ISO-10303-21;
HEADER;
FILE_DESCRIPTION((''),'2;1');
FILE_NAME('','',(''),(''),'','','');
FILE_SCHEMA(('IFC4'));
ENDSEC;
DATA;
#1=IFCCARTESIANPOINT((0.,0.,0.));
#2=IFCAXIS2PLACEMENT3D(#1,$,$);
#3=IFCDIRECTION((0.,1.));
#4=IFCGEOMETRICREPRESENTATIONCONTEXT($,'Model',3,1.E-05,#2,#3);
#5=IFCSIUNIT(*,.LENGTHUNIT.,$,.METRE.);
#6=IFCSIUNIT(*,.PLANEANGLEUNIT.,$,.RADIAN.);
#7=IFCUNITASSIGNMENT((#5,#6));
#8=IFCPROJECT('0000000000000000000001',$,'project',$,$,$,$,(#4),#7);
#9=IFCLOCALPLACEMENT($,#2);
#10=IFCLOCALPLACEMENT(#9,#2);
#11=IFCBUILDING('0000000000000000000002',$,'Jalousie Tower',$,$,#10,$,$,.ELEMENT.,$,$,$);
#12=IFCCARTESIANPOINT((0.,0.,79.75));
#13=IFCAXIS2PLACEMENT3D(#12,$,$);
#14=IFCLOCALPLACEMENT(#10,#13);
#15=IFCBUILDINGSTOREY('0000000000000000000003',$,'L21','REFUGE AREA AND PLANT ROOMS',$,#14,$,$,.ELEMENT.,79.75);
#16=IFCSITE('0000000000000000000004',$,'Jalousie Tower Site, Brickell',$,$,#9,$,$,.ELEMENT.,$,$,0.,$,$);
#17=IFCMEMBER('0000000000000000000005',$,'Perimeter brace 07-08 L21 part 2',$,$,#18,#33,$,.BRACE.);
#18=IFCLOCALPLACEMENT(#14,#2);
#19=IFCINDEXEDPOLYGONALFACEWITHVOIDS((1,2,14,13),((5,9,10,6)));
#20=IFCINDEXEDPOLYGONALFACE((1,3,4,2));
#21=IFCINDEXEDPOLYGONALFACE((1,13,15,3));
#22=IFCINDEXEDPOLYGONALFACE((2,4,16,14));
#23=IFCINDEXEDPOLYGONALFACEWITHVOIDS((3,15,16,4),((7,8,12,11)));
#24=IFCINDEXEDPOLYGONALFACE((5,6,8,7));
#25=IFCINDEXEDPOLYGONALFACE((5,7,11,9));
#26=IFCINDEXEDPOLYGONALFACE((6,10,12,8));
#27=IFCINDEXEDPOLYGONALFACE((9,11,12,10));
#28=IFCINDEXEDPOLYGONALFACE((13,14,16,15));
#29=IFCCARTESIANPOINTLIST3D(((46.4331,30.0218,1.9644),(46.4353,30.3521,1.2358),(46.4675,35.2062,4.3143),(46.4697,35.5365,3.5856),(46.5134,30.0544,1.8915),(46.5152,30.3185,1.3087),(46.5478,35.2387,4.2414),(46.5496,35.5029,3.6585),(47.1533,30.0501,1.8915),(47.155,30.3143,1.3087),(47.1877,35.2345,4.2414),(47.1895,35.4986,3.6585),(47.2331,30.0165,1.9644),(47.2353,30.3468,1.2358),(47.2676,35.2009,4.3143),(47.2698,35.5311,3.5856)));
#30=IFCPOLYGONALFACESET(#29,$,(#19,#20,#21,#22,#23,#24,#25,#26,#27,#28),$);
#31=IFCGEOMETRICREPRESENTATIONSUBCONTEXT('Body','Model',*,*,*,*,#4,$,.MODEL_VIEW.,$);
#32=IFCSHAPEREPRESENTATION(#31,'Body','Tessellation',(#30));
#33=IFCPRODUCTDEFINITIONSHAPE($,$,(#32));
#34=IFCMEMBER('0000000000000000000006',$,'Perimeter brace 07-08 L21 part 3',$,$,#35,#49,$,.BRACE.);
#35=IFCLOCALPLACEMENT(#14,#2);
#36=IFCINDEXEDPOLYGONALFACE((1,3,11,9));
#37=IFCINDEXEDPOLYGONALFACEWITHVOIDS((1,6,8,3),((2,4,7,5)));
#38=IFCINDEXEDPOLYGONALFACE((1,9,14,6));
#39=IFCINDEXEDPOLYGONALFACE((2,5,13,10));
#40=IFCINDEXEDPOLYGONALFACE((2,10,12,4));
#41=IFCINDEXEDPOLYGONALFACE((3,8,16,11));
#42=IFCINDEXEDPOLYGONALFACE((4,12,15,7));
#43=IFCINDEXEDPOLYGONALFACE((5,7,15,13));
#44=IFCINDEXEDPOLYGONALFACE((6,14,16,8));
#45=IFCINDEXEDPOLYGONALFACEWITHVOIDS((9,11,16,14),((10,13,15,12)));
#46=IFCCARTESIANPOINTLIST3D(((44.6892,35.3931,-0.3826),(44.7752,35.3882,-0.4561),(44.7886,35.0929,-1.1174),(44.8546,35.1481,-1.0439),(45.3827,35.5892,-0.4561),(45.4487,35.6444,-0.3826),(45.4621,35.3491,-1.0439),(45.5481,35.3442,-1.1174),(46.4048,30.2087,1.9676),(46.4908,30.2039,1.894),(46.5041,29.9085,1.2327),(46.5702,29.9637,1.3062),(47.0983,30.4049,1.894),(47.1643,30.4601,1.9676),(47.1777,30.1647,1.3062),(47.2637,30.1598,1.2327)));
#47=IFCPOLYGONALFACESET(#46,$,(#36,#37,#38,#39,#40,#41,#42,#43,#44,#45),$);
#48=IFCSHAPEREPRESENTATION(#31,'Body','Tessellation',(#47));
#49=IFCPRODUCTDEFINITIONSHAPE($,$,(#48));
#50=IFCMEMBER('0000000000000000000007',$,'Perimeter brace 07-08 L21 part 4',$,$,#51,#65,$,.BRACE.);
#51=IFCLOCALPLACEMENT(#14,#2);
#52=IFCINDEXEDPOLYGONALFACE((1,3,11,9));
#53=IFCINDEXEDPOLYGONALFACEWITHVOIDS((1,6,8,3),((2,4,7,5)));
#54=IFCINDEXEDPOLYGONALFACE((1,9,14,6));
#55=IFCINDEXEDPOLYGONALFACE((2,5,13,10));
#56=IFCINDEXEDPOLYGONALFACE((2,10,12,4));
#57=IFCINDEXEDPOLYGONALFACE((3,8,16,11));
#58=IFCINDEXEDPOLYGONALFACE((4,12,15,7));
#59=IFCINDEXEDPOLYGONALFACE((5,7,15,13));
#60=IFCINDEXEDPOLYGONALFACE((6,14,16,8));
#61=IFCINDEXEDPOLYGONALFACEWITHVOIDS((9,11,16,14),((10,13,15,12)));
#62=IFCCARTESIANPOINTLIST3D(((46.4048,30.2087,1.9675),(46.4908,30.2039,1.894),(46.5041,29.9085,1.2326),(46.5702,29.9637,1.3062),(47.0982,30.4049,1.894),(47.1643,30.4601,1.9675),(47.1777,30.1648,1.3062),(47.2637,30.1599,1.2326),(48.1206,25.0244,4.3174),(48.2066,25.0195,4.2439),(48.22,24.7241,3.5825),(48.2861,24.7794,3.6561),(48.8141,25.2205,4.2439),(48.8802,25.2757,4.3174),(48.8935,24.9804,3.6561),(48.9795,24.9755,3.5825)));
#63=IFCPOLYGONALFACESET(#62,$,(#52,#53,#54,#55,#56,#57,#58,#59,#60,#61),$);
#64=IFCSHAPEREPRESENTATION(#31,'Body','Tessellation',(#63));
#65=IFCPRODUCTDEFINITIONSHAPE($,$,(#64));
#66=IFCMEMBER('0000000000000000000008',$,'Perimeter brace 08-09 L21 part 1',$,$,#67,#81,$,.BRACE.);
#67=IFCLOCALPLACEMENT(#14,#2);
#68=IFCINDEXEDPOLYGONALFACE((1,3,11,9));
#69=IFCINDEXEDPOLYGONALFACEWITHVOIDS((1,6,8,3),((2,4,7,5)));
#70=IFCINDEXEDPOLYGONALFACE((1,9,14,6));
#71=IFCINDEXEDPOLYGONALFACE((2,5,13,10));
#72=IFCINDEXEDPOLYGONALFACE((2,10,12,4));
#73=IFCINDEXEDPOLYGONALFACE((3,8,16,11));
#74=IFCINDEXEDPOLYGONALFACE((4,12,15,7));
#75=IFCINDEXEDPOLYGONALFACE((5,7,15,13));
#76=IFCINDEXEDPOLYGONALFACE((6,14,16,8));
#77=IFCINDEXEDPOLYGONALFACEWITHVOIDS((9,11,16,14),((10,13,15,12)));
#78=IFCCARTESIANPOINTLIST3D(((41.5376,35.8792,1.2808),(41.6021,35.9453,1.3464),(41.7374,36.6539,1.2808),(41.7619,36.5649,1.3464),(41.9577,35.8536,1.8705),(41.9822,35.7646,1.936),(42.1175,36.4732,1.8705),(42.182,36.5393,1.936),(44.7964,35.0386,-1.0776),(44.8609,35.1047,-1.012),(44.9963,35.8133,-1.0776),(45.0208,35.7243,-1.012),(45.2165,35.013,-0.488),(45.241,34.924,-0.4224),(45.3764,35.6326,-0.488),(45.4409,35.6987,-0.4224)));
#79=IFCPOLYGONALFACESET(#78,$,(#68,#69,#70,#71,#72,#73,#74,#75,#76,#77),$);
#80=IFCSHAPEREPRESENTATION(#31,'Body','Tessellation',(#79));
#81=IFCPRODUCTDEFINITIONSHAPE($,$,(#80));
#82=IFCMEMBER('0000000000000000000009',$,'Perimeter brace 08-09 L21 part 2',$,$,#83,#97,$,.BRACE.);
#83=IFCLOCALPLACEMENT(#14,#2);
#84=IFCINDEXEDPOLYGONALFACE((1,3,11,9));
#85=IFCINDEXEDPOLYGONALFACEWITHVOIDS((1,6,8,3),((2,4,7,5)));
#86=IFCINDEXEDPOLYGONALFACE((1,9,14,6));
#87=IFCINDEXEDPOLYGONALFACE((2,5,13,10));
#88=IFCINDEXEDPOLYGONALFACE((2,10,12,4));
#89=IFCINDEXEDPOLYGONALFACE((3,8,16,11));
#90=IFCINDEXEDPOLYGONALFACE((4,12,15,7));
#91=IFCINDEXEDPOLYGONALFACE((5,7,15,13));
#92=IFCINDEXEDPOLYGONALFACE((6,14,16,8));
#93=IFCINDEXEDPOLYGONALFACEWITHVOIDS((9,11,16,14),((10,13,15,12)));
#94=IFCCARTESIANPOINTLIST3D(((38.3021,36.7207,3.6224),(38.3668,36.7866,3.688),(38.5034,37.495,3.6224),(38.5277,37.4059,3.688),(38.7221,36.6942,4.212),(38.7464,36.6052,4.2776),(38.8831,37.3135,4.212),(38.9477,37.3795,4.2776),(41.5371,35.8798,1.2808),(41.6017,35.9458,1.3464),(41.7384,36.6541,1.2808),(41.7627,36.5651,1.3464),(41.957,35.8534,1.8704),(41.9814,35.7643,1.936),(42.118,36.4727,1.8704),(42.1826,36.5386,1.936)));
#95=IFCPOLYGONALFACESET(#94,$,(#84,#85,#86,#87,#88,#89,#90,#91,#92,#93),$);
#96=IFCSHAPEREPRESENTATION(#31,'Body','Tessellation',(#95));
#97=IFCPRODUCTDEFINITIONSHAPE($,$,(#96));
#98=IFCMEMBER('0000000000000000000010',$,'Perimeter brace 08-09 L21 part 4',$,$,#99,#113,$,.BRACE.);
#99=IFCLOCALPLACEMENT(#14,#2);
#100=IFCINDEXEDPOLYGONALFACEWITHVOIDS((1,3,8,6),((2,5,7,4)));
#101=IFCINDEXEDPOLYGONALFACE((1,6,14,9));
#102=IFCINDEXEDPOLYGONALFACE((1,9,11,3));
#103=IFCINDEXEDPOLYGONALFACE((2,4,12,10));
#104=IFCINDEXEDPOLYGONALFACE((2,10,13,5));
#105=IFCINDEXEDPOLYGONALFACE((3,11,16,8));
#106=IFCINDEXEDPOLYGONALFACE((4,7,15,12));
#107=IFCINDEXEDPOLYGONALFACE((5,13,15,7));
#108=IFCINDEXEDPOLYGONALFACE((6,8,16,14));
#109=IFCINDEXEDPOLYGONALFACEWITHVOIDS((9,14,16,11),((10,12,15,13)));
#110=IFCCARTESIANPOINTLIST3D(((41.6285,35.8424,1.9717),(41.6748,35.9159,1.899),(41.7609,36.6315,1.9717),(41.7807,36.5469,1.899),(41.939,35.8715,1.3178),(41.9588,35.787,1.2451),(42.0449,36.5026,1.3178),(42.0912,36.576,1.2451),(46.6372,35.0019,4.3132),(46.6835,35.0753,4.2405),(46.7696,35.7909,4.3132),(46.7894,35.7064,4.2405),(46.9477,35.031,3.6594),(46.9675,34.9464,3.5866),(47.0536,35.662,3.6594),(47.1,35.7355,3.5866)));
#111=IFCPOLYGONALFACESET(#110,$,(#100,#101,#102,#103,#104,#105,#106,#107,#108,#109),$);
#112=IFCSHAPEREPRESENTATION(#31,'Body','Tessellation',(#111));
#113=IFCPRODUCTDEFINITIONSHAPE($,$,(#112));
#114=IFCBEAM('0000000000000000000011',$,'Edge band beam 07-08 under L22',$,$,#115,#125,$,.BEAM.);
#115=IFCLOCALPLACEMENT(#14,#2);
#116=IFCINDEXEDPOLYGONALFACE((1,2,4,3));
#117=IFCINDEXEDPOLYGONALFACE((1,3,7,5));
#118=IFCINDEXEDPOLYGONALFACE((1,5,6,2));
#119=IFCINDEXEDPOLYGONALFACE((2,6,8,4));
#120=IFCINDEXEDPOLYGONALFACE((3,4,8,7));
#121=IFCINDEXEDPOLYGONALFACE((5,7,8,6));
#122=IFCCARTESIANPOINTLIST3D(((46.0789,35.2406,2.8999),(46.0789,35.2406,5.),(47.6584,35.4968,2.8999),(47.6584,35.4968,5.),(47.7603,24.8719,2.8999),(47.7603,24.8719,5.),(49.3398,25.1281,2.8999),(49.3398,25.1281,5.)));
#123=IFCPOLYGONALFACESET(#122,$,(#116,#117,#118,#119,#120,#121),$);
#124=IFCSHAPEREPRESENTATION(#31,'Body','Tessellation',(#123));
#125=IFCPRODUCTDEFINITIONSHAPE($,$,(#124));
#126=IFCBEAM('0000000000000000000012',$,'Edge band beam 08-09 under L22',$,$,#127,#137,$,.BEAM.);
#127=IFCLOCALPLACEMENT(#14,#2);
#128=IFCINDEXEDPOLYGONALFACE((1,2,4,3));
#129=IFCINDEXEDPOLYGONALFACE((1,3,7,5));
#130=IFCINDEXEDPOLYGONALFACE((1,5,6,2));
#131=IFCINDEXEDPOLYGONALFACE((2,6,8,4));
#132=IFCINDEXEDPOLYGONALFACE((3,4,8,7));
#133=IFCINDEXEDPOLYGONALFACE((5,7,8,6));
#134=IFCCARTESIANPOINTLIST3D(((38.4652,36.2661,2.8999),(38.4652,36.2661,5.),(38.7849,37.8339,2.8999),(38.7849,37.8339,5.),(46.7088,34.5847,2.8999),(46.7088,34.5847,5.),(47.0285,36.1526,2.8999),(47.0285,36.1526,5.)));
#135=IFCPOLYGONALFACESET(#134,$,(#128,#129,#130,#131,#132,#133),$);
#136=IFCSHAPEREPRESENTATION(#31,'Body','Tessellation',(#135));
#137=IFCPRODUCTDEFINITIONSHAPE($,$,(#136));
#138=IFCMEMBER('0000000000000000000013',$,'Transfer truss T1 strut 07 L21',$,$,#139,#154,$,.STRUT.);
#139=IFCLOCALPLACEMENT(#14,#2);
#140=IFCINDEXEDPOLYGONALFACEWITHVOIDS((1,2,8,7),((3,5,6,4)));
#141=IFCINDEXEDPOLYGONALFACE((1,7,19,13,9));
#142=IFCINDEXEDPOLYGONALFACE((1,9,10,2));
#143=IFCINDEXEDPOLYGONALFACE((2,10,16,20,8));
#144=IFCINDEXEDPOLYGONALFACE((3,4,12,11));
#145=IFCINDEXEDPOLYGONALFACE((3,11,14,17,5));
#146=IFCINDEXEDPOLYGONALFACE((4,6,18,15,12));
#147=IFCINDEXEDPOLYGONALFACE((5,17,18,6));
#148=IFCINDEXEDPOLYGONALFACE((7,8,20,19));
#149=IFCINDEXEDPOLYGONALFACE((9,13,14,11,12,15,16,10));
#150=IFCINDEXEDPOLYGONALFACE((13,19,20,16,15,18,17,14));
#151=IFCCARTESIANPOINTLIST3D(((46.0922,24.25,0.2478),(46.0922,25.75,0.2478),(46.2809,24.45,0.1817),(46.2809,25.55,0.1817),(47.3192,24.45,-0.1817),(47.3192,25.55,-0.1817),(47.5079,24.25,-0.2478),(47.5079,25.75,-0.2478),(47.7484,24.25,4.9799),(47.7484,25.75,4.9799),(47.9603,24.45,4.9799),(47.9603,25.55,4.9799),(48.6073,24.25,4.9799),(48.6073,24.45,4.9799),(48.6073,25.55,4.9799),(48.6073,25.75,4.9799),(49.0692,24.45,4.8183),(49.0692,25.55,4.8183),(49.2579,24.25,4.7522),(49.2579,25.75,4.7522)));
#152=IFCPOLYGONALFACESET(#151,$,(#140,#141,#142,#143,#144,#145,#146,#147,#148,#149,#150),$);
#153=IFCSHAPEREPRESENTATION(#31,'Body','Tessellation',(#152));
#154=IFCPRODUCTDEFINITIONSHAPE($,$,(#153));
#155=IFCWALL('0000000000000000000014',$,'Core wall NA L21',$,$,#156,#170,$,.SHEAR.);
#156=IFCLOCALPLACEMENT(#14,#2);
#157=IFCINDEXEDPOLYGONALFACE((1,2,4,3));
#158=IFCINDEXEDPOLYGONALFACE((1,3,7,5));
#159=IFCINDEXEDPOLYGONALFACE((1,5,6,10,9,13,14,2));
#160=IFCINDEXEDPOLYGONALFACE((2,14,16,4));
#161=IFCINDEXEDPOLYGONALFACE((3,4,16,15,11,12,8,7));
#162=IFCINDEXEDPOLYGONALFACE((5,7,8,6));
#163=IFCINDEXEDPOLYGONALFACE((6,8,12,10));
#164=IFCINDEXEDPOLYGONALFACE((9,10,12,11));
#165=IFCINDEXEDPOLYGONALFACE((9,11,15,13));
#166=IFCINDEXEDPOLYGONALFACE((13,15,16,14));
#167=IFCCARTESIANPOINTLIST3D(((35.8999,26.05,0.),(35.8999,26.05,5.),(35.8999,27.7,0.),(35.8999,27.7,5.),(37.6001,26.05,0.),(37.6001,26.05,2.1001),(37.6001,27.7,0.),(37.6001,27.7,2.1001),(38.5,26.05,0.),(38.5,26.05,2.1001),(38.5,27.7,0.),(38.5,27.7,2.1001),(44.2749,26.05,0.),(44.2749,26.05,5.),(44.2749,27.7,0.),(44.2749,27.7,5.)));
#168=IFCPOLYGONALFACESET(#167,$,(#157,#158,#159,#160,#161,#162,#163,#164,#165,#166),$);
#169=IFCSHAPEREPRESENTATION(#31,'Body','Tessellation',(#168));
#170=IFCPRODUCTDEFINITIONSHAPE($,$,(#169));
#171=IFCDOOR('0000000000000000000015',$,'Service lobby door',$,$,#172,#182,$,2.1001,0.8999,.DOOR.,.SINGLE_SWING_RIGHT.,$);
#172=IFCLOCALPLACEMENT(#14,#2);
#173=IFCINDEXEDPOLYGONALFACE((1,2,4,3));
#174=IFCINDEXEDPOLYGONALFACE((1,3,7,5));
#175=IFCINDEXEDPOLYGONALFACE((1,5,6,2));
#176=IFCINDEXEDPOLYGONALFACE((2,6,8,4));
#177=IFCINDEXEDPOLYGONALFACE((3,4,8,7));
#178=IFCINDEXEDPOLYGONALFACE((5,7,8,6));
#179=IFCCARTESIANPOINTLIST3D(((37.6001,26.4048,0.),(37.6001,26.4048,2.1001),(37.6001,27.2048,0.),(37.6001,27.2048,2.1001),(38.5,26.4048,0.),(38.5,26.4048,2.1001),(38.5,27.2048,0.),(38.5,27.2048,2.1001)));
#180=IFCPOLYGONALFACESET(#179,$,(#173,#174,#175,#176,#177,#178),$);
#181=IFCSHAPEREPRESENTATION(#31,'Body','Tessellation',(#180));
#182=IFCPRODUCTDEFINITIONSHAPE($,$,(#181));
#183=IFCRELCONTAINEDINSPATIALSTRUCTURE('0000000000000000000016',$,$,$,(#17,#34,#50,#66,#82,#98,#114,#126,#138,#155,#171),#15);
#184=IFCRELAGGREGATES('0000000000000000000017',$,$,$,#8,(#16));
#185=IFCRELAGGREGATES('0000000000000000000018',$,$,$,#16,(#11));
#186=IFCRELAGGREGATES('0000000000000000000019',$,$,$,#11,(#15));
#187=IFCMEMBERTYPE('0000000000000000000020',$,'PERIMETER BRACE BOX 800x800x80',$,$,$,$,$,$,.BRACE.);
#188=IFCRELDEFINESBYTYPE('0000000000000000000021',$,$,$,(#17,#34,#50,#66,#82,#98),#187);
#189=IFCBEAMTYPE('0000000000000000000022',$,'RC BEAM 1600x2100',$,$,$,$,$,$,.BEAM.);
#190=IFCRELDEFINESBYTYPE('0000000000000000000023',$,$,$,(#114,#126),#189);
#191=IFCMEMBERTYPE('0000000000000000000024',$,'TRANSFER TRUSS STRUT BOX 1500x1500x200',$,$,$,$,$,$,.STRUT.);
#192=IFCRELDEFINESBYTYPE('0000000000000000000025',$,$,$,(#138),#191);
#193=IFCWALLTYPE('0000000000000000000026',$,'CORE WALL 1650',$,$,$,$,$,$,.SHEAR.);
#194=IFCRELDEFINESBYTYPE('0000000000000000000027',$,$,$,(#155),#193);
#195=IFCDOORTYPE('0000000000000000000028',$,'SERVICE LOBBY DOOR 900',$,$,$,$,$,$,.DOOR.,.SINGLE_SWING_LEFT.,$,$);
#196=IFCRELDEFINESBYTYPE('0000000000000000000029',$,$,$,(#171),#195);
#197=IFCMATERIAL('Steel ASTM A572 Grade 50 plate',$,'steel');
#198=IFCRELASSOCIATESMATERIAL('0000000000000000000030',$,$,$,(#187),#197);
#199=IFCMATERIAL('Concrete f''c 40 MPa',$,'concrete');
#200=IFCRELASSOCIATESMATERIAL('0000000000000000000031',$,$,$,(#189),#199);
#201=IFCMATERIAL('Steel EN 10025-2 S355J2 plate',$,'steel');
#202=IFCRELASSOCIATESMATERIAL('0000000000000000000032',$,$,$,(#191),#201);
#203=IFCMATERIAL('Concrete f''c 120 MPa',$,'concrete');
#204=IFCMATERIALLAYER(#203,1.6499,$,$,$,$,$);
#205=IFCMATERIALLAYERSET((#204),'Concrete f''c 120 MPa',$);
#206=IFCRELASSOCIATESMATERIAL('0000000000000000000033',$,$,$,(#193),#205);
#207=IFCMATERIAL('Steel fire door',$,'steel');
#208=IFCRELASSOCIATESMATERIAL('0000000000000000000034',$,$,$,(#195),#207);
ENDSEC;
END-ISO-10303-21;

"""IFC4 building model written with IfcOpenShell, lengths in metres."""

from ifc_helpers import new_model, si_unit, direction, frame, frame_2d, origin, origin_2d, place, context, subcontext, project, spatial, rectangle, hollow_rectangle, extrude, clip, halfspace, material, layer, layer_set, material_profile, profile_set, type_object, element, fill, save


model = new_model("IFC4")

# Units and contexts
model_context = context("Model", 3, precision=1e-05, world=origin(), true_north=direction((0.0, 1.0)))
body_context = subcontext(model_context, "Body", "Model", "MODEL_VIEW")
ifc_project = project(units=[si_unit("LENGTHUNIT", "METRE"), si_unit("PLANEANGLEUNIT", "RADIAN")], contexts=[model_context])

# Site, building, storey
site_placement = place(None, origin())
site = spatial("IfcSite", under=ifc_project, at=site_placement, Name="Jalousie Tower Site, Brickell", CompositionType="ELEMENT", RefElevation=0.0)
building_placement = place(site_placement, origin())
building = spatial("IfcBuilding", under=site, at=building_placement, Name="Jalousie Tower", CompositionType="ELEMENT")
storey_placement = place(building_placement, frame((0.0, 0.0, 79.75)))
storey = spatial("IfcBuildingStorey", under=building, at=storey_placement, Name="L21", Description="REFUGE AREA AND PLANT ROOMS", CompositionType="ELEMENT", Elevation=79.75)

# Members
ifc_material_1 = material(Name="Steel ASTM A572 Grade 50 plate", Category="steel")
ifc_material_profile_1 = material_profile(ifc_material_1, hollow_rectangle(XDim=0.8, YDim=0.8, WallThickness=0.0801, at=origin_2d()), Name="BOX 800x800x80")
ifc_profile_set_1 = profile_set([ifc_material_profile_1], Name="Steel ASTM A572 Grade 50 plate")
member_type_1 = type_object("IfcMemberType", Name="PERIMETER BRACE BOX 800x800x80", PredefinedType="BRACE", material=ifc_profile_set_1)
for number, where, z_axis, x_axis, name in (
    (1, (46.8342, 30.1843, 1.6001), (0.006048, 0.91079, 0.412826), (-0.999978, 0.00664, 0.0), "Perimeter brace 07-08 L21 part 2"),
):
    element("IfcMember", number, at=place(storey_placement, frame(where, z_axis=z_axis, x_axis=x_axis)), inside=storey, type_object=member_type_1, Name=name, PredefinedType="BRACE", context=body_context, shape_type="SweptSolid", body=[
        extrude(hollow_rectangle(XDim=0.8, YDim=0.8, WallThickness=0.0801, at=origin_2d()), origin(), (0.0, 0.0, 1.0), 5.6921),
    ])
for number, where, z_axis, x_axis, name in (
    (2, (45.1187, 35.3687, -0.75), (0.288573, -0.872044, 0.395304), (0.94937, 0.314162, 0.0), "Perimeter brace 07-08 L21 part 3"),
    (3, (46.8342, 30.1843, 1.6001), (0.288615, -0.872047, 0.395265), (0.949356, 0.314202, 0.0), "Perimeter brace 07-08 L21 part 4"),
):
    element("IfcMember", number, at=place(storey_placement, frame(where, z_axis=z_axis, x_axis=x_axis)), inside=storey, type_object=member_type_1, Name=name, PredefinedType="BRACE", context=body_context, shape_type="SweptSolid", body=[
        extrude(hollow_rectangle(XDim=0.8, YDim=0.8, WallThickness=0.0801, at=origin_2d()), origin(), (0.0, 0.0, 1.0), 5.9451),
    ])
member_1_placement = place(storey_placement, frame((45.1187, 35.3687, -0.75), z_axis=(-0.792982, 0.204543, 0.573884), x_axis=(-0.249766, -0.968306, 0.0)))
element("IfcMember", 4, at=member_1_placement, inside=storey, type_object=member_type_1, Name="Perimeter brace 08-09 L21 part 1", PredefinedType="BRACE", context=body_context, shape_type="SweptSolid", body=[
    extrude(hollow_rectangle(XDim=0.8, YDim=0.8, WallThickness=0.0801, at=origin_2d()), origin(), (0.0, 0.0, 1.0), 4.1096),
])
member_2_placement = place(storey_placement, frame((41.8599, 36.2092, 1.6084), z_axis=(-0.792673, 0.206035, 0.573776), x_axis=(-0.251565, -0.96784, 0.0)))
element("IfcMember", 5, at=member_2_placement, inside=storey, type_object=member_type_1, Name="Perimeter brace 08-09 L21 part 2", PredefinedType="BRACE", context=body_context, shape_type="SweptSolid", body=[
    extrude(hollow_rectangle(XDim=0.8, YDim=0.8, WallThickness=0.0801, at=origin_2d()), origin(), (0.0, 0.0, 1.0), 4.0811),
])
member_3_placement = place(storey_placement, frame((41.8599, 36.2092, 1.6084), z_axis=(0.895607, -0.150301, 0.418686), x_axis=(0.165506, 0.986209, 0.0)))
element("IfcMember", 6, at=member_3_placement, inside=storey, type_object=member_type_1, Name="Perimeter brace 08-09 L21 part 4", PredefinedType="BRACE", context=body_context, shape_type="SweptSolid", body=[
    extrude(hollow_rectangle(XDim=0.8, YDim=0.8, WallThickness=0.0801, at=origin_2d()), origin(), (0.0, 0.0, 1.0), 5.5925),
])

# Beams
ifc_material_2 = material(Name="Concrete f'c 40 MPa", Category="concrete")
ifc_material_profile_2 = material_profile(ifc_material_2, rectangle(XDim=1.6001, YDim=2.1001, at=origin_2d()), Name="RC 1600x2100")
ifc_profile_set_2 = profile_set([ifc_material_profile_2], Name="Concrete f'c 40 MPa")
beam_type_1 = type_object("IfcBeamType", Name="RC BEAM 1600x2100", PredefinedType="BEAM", material=ifc_profile_set_2)
beam_1_placement = place(storey_placement, frame((48.55, 25.0, 3.95), z_axis=(-0.160071, 0.987106, 0.0), x_axis=(-0.987106, -0.160071, 0.0)))
element("IfcBeam", 7, at=beam_1_placement, inside=storey, type_object=beam_type_1, Name="Edge band beam 07-08 under L22", PredefinedType="BEAM", context=body_context, shape_type="SweptSolid", body=[
    extrude(rectangle(XDim=1.6001, YDim=2.1001, at=origin_2d()), origin(), (0.0, 0.0, 1.0), 10.5042),
])
beam_2_placement = place(storey_placement, frame((46.8687, 35.3687, 3.95), z_axis=(-0.979827, 0.199848, 0.0), x_axis=(-0.199848, -0.979827, 0.0)))
element("IfcBeam", 8, at=beam_2_placement, inside=storey, type_object=beam_type_1, Name="Edge band beam 08-09 under L22", PredefinedType="BEAM", context=body_context, shape_type="SweptSolid", body=[
    extrude(rectangle(XDim=1.6001, YDim=2.1001, at=origin_2d()), origin(), (0.0, 0.0, 1.0), 8.4133),
])

# Member
ifc_material_3 = material(Name="Steel EN 10025-2 S355J2 plate", Category="steel")
ifc_material_profile_3 = material_profile(ifc_material_3, hollow_rectangle(XDim=1.5, YDim=1.5, WallThickness=0.2, at=origin_2d()), Name="BOX 1500x1500x200")
ifc_profile_set_3 = profile_set([ifc_material_profile_3], Name="Steel EN 10025-2 S355J2 plate")
member_type_2 = type_object("IfcMemberType", Name="TRANSFER TRUSS STRUT BOX 1500x1500x200", PredefinedType="STRUT", material=ifc_profile_set_3)
member_4_placement = place(storey_placement, frame((46.8, 25.0, 0.0), z_axis=(0.33035, 0.0, 0.943858), x_axis=(0.0, 1.0, 0.0)))
element("IfcMember", 9, at=member_4_placement, inside=storey, type_object=member_type_2, Name="Transfer truss T1 strut 07 L21", PredefinedType="STRUT", context=body_context, shape_type="Clipping", body=[
    clip(extrude(hollow_rectangle(XDim=1.5, YDim=1.5, WallThickness=0.2, at=origin_2d()), origin(), (0.0, 0.0, 1.0), 5.2974), halfspace(frame((0.0, 0.0, 5.2761), z_axis=(0.0, 0.33035, 0.943858)), False)),
])

# Wall, opening, door
ifc_material_4 = material(Name="Concrete f'c 120 MPa", Category="concrete")
ifc_layer_1 = layer(ifc_material_4, 1.6499)
ifc_layer_set_1 = layer_set([ifc_layer_1], Name="Concrete f'c 120 MPa")
wall_type_1 = type_object("IfcWallType", Name="CORE WALL 1650", PredefinedType="SHEAR", material=ifc_layer_set_1)
wall_1_placement = place(storey_placement, frame((44.2749, 26.875, 0.0), z_axis=(0.0, 0.0, 1.0), x_axis=(-1.0, 0.0, 0.0)))
wall_1 = element("IfcWall", 10, at=wall_1_placement, inside=storey, type_object=wall_type_1, Name="Core wall NA L21", PredefinedType="SHEAR", context=body_context, shape_type="SweptSolid", body=[
    extrude(rectangle(XDim=8.375, YDim=1.6499, at=frame_2d((4.1875, 0.0))), origin(), (0.0, 0.0, 1.0), 5.0),
])
opening_placement = place(wall_1_placement, frame((5.7749, 0.0, 0.0)))
opening = element("IfcOpeningElement", 11, at=opening_placement, cuts=wall_1, PredefinedType="OPENING", context=body_context, shape_type="SweptSolid", body=[
    extrude(rectangle(XDim=0.8999, YDim=2.1001, at=frame_2d((0.45, 1.05))), frame((0.0, 0.835, 0.0), z_axis=(0.0, -1.0, 0.0), x_axis=(1.0, 0.0, 0.0)), (0.0, 0.0, 1.0), 1.6699),
])
ifc_material_5 = material(Name="Steel fire door", Category="steel")
door_type = type_object("IfcDoorType", Name="SERVICE LOBBY DOOR 900", OperationType="SINGLE_SWING_LEFT", PredefinedType="DOOR", material=ifc_material_5)
door_placement = place(opening_placement, origin())
door = element("IfcDoor", 12, at=door_placement, inside=storey, type_object=door_type, Name="Service lobby door", OperationType="SINGLE_SWING_RIGHT", OverallHeight=2.1001, OverallWidth=0.8999, PredefinedType="DOOR", context=body_context, shape_type="SweptSolid", body=[
    extrude(rectangle(XDim=0.8999, YDim=2.1001, at=frame_2d((0.45, 1.05))), frame((0.0, 0.4702, 0.0), z_axis=(0.0, -1.0, 0.0), x_axis=(1.0, 0.0, 0.0)), (0.0, 0.0, 1.0), 0.8),
])
fill(opening, door)

save(model, "model.ifc")
